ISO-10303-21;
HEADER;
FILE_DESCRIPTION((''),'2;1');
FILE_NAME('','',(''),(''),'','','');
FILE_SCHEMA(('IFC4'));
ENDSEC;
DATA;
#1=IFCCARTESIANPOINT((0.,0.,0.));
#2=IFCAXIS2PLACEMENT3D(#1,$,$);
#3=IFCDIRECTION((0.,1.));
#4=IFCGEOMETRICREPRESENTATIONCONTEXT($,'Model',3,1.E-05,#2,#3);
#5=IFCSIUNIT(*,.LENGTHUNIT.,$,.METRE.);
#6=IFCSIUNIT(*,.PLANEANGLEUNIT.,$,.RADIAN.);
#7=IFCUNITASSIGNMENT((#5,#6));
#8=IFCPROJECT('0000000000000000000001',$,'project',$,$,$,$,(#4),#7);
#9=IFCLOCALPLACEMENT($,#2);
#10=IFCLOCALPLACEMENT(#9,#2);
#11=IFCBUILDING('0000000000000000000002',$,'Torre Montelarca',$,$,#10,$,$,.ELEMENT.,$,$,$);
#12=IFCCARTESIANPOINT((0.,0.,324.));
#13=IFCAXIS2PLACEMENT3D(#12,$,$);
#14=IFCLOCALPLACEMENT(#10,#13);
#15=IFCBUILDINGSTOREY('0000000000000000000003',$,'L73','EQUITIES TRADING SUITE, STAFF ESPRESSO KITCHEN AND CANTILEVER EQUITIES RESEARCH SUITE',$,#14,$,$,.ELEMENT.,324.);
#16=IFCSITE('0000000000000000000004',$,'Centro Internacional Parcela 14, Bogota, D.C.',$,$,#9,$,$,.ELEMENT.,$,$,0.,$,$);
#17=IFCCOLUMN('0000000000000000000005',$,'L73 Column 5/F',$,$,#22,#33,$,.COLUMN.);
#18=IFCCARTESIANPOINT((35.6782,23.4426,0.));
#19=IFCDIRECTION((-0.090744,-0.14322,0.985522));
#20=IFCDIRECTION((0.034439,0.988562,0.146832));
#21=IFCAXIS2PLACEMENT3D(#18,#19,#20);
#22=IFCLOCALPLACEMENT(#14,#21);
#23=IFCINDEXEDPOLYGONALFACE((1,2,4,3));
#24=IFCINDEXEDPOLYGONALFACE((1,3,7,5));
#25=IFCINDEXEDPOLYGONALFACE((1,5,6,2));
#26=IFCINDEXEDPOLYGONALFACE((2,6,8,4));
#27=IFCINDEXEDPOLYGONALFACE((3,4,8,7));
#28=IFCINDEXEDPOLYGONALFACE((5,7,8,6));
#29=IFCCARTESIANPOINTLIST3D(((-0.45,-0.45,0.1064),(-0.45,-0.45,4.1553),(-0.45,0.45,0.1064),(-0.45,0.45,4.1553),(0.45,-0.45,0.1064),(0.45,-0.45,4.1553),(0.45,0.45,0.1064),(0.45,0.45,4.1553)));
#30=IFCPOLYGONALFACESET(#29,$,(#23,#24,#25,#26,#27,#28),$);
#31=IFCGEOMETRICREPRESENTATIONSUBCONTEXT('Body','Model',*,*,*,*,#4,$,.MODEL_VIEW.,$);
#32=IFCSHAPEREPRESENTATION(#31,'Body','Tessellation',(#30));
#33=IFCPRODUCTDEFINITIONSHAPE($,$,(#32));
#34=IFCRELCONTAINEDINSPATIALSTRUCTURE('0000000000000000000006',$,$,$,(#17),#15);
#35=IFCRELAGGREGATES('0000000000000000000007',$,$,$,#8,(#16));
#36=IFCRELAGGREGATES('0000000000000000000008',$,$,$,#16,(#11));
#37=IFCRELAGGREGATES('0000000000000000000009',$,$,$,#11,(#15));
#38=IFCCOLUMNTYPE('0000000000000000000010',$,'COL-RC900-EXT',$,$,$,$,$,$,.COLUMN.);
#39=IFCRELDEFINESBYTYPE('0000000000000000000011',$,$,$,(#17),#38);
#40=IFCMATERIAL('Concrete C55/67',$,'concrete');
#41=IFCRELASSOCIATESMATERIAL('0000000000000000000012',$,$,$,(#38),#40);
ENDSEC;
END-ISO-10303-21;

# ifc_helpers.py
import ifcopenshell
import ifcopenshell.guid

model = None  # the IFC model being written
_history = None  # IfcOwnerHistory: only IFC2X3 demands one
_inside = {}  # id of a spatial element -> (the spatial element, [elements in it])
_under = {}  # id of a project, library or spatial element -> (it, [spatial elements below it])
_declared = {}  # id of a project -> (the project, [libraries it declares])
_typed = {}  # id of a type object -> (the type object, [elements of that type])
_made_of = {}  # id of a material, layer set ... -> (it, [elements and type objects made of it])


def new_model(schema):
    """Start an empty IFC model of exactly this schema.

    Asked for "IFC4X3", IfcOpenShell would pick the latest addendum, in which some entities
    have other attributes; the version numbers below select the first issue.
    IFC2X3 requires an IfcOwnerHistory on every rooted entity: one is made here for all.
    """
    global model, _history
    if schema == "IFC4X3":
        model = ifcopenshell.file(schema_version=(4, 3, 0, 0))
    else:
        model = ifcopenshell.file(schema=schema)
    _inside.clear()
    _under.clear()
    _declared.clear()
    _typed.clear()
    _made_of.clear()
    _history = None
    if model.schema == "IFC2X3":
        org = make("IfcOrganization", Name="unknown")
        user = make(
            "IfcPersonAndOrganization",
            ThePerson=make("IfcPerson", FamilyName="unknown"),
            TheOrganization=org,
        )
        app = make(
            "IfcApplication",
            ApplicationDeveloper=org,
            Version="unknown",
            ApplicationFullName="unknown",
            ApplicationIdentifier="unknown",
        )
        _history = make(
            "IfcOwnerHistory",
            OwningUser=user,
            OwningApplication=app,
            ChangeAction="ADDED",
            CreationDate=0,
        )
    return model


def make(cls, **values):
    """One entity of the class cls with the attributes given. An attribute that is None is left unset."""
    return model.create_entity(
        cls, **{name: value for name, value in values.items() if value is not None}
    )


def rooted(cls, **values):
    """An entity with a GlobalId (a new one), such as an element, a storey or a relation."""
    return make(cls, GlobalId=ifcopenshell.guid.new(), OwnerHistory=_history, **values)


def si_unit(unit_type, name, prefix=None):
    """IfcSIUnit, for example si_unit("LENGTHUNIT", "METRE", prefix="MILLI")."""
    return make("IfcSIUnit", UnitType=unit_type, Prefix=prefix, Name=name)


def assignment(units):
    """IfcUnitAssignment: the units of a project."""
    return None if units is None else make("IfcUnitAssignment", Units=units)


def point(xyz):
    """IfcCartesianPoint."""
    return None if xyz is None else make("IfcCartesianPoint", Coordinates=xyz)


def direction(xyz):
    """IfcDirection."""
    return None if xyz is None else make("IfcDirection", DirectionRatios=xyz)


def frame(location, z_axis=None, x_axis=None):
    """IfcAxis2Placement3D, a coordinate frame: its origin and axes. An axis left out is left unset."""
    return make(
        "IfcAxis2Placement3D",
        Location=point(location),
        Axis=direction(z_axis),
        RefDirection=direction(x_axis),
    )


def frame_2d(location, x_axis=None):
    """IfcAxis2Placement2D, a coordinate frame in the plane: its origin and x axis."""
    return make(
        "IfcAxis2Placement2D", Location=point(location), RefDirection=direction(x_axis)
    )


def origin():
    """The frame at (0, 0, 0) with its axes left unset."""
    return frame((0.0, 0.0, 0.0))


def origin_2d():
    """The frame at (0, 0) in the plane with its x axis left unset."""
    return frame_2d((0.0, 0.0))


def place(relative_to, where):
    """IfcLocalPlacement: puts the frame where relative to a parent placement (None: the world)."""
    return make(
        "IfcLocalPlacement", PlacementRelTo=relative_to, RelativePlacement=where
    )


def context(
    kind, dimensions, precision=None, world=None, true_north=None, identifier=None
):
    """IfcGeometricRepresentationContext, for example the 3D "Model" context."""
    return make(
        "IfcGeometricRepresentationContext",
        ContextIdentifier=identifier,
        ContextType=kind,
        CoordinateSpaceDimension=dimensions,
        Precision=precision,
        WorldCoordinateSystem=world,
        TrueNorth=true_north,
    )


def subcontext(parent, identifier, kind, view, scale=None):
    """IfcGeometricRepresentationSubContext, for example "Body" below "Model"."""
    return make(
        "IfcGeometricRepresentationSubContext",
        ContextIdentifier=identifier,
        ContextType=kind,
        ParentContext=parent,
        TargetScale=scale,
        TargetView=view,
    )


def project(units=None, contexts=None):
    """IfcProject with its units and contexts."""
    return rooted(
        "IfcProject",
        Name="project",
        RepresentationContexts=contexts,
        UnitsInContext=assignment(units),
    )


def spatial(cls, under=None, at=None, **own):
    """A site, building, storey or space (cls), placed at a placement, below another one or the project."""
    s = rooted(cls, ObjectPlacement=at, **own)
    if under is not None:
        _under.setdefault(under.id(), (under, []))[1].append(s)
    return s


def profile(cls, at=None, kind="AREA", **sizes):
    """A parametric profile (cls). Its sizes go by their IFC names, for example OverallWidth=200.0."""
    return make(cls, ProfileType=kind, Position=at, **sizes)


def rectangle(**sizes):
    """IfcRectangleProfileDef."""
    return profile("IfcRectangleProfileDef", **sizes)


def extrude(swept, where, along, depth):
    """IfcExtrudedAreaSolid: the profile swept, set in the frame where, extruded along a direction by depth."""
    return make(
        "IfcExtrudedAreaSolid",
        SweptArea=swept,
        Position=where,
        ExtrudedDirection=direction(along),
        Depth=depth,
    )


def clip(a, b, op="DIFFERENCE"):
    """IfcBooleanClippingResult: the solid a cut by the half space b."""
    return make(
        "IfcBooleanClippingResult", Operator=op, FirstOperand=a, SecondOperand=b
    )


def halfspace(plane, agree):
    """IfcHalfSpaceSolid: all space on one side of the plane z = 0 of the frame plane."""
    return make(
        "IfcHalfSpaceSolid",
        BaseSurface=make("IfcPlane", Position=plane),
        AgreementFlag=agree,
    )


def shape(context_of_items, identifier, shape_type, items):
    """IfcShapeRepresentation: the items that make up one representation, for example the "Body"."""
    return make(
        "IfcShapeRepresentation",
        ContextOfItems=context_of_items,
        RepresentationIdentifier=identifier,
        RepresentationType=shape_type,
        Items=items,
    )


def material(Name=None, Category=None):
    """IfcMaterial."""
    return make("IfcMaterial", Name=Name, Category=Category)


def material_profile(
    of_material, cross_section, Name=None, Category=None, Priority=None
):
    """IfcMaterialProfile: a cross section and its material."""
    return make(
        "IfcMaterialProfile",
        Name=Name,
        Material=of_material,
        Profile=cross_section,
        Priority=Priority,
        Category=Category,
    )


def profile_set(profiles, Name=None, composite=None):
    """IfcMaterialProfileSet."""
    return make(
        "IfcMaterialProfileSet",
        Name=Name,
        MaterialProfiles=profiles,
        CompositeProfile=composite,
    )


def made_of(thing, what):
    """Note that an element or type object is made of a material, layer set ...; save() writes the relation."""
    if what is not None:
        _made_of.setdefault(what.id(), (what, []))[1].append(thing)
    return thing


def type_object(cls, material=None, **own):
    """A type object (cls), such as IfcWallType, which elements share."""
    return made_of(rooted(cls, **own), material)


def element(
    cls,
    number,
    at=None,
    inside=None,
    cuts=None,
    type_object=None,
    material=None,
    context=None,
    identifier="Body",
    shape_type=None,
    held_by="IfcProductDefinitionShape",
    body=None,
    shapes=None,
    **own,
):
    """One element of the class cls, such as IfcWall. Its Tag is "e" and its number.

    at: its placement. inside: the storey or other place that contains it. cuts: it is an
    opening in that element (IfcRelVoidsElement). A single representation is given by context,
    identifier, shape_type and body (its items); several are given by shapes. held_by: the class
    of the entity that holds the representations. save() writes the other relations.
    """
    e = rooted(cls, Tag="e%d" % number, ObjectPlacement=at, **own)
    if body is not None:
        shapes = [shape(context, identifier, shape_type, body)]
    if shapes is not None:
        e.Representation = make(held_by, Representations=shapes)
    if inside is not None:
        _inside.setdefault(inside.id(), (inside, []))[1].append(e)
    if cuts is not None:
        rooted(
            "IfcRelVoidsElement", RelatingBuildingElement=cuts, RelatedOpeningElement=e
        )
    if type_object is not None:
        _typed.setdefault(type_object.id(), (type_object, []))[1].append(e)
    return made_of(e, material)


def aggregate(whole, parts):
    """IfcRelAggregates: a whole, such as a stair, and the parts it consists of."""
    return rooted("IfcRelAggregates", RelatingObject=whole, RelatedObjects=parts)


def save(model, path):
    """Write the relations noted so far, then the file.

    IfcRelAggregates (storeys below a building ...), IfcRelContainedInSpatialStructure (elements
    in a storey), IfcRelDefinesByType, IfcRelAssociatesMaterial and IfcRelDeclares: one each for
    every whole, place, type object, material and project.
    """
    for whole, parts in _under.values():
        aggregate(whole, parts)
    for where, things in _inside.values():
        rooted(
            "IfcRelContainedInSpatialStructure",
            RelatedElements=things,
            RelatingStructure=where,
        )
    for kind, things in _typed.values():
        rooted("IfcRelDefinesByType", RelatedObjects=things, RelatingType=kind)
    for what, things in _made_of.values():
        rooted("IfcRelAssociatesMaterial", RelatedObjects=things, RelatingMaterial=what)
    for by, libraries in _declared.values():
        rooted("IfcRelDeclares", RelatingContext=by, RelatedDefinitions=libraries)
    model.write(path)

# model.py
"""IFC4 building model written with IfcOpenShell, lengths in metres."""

from ifc_helpers import new_model, si_unit, direction, frame, origin, origin_2d, place, context, subcontext, project, spatial, rectangle, extrude, clip, halfspace, material, material_profile, profile_set, type_object, element, save


model = new_model("IFC4")

# Units and contexts
model_context = context("Model", 3, precision=1e-05, world=origin(), true_north=direction((0.0, 1.0)))
body_context = subcontext(model_context, "Body", "Model", "MODEL_VIEW")
ifc_project = project(units=[si_unit("LENGTHUNIT", "METRE"), si_unit("PLANEANGLEUNIT", "RADIAN")], contexts=[model_context])

# Site, building, storey
site_placement = place(None, origin())
site = spatial("IfcSite", under=ifc_project, at=site_placement, Name="Centro Internacional Parcela 14, Bogota, D.C.", CompositionType="ELEMENT", RefElevation=0.0)
building_placement = place(site_placement, origin())
building = spatial("IfcBuilding", under=site, at=building_placement, Name="Torre Montelarca", CompositionType="ELEMENT")
storey_placement = place(building_placement, frame((0.0, 0.0, 324.0)))
storey = spatial("IfcBuildingStorey", under=building, at=storey_placement, Name="L73", Description="EQUITIES TRADING SUITE, STAFF ESPRESSO KITCHEN AND CANTILEVER EQUITIES RESEARCH SUITE", CompositionType="ELEMENT", Elevation=324.0)

# Column
ifc_material_1 = material(Name="Concrete C55/67", Category="concrete")
ifc_material_profile_1 = material_profile(ifc_material_1, rectangle(XDim=0.8999, YDim=0.8999, at=origin_2d()), Name="RC900X900", Category="concrete")
ifc_profile_set_1 = profile_set([ifc_material_profile_1], Name="Concrete C55/67")
column_type = type_object("IfcColumnType", Name="COL-RC900-EXT", PredefinedType="COLUMN", material=ifc_profile_set_1)
column_placement = place(storey_placement, frame((35.6782, 23.4426, 0.0), z_axis=(-0.090744, -0.14322, 0.985522), x_axis=(0.034439, 0.988562, 0.146832)))
element("IfcColumn", 1, at=column_placement, inside=storey, type_object=column_type, Name="L73 Column 5/F", PredefinedType="COLUMN", context=body_context, shape_type="Clipping", body=[
    clip(clip(extrude(rectangle(XDim=0.8999, YDim=0.8999, at=origin_2d()), origin(), (0.0, 0.0, 1.0), 4.2617), halfspace(frame((0.0, 0.0, 0.1064), z_axis=(0.0, 0.0, -1.0), x_axis=(1.0, 0.0, 0.0)), False)), halfspace(frame((0.0, 0.0, 4.1553), z_axis=(0.0, 0.0, 1.0), x_axis=(1.0, 0.0, 0.0)), False)),
])

save(model, "model.ifc")
